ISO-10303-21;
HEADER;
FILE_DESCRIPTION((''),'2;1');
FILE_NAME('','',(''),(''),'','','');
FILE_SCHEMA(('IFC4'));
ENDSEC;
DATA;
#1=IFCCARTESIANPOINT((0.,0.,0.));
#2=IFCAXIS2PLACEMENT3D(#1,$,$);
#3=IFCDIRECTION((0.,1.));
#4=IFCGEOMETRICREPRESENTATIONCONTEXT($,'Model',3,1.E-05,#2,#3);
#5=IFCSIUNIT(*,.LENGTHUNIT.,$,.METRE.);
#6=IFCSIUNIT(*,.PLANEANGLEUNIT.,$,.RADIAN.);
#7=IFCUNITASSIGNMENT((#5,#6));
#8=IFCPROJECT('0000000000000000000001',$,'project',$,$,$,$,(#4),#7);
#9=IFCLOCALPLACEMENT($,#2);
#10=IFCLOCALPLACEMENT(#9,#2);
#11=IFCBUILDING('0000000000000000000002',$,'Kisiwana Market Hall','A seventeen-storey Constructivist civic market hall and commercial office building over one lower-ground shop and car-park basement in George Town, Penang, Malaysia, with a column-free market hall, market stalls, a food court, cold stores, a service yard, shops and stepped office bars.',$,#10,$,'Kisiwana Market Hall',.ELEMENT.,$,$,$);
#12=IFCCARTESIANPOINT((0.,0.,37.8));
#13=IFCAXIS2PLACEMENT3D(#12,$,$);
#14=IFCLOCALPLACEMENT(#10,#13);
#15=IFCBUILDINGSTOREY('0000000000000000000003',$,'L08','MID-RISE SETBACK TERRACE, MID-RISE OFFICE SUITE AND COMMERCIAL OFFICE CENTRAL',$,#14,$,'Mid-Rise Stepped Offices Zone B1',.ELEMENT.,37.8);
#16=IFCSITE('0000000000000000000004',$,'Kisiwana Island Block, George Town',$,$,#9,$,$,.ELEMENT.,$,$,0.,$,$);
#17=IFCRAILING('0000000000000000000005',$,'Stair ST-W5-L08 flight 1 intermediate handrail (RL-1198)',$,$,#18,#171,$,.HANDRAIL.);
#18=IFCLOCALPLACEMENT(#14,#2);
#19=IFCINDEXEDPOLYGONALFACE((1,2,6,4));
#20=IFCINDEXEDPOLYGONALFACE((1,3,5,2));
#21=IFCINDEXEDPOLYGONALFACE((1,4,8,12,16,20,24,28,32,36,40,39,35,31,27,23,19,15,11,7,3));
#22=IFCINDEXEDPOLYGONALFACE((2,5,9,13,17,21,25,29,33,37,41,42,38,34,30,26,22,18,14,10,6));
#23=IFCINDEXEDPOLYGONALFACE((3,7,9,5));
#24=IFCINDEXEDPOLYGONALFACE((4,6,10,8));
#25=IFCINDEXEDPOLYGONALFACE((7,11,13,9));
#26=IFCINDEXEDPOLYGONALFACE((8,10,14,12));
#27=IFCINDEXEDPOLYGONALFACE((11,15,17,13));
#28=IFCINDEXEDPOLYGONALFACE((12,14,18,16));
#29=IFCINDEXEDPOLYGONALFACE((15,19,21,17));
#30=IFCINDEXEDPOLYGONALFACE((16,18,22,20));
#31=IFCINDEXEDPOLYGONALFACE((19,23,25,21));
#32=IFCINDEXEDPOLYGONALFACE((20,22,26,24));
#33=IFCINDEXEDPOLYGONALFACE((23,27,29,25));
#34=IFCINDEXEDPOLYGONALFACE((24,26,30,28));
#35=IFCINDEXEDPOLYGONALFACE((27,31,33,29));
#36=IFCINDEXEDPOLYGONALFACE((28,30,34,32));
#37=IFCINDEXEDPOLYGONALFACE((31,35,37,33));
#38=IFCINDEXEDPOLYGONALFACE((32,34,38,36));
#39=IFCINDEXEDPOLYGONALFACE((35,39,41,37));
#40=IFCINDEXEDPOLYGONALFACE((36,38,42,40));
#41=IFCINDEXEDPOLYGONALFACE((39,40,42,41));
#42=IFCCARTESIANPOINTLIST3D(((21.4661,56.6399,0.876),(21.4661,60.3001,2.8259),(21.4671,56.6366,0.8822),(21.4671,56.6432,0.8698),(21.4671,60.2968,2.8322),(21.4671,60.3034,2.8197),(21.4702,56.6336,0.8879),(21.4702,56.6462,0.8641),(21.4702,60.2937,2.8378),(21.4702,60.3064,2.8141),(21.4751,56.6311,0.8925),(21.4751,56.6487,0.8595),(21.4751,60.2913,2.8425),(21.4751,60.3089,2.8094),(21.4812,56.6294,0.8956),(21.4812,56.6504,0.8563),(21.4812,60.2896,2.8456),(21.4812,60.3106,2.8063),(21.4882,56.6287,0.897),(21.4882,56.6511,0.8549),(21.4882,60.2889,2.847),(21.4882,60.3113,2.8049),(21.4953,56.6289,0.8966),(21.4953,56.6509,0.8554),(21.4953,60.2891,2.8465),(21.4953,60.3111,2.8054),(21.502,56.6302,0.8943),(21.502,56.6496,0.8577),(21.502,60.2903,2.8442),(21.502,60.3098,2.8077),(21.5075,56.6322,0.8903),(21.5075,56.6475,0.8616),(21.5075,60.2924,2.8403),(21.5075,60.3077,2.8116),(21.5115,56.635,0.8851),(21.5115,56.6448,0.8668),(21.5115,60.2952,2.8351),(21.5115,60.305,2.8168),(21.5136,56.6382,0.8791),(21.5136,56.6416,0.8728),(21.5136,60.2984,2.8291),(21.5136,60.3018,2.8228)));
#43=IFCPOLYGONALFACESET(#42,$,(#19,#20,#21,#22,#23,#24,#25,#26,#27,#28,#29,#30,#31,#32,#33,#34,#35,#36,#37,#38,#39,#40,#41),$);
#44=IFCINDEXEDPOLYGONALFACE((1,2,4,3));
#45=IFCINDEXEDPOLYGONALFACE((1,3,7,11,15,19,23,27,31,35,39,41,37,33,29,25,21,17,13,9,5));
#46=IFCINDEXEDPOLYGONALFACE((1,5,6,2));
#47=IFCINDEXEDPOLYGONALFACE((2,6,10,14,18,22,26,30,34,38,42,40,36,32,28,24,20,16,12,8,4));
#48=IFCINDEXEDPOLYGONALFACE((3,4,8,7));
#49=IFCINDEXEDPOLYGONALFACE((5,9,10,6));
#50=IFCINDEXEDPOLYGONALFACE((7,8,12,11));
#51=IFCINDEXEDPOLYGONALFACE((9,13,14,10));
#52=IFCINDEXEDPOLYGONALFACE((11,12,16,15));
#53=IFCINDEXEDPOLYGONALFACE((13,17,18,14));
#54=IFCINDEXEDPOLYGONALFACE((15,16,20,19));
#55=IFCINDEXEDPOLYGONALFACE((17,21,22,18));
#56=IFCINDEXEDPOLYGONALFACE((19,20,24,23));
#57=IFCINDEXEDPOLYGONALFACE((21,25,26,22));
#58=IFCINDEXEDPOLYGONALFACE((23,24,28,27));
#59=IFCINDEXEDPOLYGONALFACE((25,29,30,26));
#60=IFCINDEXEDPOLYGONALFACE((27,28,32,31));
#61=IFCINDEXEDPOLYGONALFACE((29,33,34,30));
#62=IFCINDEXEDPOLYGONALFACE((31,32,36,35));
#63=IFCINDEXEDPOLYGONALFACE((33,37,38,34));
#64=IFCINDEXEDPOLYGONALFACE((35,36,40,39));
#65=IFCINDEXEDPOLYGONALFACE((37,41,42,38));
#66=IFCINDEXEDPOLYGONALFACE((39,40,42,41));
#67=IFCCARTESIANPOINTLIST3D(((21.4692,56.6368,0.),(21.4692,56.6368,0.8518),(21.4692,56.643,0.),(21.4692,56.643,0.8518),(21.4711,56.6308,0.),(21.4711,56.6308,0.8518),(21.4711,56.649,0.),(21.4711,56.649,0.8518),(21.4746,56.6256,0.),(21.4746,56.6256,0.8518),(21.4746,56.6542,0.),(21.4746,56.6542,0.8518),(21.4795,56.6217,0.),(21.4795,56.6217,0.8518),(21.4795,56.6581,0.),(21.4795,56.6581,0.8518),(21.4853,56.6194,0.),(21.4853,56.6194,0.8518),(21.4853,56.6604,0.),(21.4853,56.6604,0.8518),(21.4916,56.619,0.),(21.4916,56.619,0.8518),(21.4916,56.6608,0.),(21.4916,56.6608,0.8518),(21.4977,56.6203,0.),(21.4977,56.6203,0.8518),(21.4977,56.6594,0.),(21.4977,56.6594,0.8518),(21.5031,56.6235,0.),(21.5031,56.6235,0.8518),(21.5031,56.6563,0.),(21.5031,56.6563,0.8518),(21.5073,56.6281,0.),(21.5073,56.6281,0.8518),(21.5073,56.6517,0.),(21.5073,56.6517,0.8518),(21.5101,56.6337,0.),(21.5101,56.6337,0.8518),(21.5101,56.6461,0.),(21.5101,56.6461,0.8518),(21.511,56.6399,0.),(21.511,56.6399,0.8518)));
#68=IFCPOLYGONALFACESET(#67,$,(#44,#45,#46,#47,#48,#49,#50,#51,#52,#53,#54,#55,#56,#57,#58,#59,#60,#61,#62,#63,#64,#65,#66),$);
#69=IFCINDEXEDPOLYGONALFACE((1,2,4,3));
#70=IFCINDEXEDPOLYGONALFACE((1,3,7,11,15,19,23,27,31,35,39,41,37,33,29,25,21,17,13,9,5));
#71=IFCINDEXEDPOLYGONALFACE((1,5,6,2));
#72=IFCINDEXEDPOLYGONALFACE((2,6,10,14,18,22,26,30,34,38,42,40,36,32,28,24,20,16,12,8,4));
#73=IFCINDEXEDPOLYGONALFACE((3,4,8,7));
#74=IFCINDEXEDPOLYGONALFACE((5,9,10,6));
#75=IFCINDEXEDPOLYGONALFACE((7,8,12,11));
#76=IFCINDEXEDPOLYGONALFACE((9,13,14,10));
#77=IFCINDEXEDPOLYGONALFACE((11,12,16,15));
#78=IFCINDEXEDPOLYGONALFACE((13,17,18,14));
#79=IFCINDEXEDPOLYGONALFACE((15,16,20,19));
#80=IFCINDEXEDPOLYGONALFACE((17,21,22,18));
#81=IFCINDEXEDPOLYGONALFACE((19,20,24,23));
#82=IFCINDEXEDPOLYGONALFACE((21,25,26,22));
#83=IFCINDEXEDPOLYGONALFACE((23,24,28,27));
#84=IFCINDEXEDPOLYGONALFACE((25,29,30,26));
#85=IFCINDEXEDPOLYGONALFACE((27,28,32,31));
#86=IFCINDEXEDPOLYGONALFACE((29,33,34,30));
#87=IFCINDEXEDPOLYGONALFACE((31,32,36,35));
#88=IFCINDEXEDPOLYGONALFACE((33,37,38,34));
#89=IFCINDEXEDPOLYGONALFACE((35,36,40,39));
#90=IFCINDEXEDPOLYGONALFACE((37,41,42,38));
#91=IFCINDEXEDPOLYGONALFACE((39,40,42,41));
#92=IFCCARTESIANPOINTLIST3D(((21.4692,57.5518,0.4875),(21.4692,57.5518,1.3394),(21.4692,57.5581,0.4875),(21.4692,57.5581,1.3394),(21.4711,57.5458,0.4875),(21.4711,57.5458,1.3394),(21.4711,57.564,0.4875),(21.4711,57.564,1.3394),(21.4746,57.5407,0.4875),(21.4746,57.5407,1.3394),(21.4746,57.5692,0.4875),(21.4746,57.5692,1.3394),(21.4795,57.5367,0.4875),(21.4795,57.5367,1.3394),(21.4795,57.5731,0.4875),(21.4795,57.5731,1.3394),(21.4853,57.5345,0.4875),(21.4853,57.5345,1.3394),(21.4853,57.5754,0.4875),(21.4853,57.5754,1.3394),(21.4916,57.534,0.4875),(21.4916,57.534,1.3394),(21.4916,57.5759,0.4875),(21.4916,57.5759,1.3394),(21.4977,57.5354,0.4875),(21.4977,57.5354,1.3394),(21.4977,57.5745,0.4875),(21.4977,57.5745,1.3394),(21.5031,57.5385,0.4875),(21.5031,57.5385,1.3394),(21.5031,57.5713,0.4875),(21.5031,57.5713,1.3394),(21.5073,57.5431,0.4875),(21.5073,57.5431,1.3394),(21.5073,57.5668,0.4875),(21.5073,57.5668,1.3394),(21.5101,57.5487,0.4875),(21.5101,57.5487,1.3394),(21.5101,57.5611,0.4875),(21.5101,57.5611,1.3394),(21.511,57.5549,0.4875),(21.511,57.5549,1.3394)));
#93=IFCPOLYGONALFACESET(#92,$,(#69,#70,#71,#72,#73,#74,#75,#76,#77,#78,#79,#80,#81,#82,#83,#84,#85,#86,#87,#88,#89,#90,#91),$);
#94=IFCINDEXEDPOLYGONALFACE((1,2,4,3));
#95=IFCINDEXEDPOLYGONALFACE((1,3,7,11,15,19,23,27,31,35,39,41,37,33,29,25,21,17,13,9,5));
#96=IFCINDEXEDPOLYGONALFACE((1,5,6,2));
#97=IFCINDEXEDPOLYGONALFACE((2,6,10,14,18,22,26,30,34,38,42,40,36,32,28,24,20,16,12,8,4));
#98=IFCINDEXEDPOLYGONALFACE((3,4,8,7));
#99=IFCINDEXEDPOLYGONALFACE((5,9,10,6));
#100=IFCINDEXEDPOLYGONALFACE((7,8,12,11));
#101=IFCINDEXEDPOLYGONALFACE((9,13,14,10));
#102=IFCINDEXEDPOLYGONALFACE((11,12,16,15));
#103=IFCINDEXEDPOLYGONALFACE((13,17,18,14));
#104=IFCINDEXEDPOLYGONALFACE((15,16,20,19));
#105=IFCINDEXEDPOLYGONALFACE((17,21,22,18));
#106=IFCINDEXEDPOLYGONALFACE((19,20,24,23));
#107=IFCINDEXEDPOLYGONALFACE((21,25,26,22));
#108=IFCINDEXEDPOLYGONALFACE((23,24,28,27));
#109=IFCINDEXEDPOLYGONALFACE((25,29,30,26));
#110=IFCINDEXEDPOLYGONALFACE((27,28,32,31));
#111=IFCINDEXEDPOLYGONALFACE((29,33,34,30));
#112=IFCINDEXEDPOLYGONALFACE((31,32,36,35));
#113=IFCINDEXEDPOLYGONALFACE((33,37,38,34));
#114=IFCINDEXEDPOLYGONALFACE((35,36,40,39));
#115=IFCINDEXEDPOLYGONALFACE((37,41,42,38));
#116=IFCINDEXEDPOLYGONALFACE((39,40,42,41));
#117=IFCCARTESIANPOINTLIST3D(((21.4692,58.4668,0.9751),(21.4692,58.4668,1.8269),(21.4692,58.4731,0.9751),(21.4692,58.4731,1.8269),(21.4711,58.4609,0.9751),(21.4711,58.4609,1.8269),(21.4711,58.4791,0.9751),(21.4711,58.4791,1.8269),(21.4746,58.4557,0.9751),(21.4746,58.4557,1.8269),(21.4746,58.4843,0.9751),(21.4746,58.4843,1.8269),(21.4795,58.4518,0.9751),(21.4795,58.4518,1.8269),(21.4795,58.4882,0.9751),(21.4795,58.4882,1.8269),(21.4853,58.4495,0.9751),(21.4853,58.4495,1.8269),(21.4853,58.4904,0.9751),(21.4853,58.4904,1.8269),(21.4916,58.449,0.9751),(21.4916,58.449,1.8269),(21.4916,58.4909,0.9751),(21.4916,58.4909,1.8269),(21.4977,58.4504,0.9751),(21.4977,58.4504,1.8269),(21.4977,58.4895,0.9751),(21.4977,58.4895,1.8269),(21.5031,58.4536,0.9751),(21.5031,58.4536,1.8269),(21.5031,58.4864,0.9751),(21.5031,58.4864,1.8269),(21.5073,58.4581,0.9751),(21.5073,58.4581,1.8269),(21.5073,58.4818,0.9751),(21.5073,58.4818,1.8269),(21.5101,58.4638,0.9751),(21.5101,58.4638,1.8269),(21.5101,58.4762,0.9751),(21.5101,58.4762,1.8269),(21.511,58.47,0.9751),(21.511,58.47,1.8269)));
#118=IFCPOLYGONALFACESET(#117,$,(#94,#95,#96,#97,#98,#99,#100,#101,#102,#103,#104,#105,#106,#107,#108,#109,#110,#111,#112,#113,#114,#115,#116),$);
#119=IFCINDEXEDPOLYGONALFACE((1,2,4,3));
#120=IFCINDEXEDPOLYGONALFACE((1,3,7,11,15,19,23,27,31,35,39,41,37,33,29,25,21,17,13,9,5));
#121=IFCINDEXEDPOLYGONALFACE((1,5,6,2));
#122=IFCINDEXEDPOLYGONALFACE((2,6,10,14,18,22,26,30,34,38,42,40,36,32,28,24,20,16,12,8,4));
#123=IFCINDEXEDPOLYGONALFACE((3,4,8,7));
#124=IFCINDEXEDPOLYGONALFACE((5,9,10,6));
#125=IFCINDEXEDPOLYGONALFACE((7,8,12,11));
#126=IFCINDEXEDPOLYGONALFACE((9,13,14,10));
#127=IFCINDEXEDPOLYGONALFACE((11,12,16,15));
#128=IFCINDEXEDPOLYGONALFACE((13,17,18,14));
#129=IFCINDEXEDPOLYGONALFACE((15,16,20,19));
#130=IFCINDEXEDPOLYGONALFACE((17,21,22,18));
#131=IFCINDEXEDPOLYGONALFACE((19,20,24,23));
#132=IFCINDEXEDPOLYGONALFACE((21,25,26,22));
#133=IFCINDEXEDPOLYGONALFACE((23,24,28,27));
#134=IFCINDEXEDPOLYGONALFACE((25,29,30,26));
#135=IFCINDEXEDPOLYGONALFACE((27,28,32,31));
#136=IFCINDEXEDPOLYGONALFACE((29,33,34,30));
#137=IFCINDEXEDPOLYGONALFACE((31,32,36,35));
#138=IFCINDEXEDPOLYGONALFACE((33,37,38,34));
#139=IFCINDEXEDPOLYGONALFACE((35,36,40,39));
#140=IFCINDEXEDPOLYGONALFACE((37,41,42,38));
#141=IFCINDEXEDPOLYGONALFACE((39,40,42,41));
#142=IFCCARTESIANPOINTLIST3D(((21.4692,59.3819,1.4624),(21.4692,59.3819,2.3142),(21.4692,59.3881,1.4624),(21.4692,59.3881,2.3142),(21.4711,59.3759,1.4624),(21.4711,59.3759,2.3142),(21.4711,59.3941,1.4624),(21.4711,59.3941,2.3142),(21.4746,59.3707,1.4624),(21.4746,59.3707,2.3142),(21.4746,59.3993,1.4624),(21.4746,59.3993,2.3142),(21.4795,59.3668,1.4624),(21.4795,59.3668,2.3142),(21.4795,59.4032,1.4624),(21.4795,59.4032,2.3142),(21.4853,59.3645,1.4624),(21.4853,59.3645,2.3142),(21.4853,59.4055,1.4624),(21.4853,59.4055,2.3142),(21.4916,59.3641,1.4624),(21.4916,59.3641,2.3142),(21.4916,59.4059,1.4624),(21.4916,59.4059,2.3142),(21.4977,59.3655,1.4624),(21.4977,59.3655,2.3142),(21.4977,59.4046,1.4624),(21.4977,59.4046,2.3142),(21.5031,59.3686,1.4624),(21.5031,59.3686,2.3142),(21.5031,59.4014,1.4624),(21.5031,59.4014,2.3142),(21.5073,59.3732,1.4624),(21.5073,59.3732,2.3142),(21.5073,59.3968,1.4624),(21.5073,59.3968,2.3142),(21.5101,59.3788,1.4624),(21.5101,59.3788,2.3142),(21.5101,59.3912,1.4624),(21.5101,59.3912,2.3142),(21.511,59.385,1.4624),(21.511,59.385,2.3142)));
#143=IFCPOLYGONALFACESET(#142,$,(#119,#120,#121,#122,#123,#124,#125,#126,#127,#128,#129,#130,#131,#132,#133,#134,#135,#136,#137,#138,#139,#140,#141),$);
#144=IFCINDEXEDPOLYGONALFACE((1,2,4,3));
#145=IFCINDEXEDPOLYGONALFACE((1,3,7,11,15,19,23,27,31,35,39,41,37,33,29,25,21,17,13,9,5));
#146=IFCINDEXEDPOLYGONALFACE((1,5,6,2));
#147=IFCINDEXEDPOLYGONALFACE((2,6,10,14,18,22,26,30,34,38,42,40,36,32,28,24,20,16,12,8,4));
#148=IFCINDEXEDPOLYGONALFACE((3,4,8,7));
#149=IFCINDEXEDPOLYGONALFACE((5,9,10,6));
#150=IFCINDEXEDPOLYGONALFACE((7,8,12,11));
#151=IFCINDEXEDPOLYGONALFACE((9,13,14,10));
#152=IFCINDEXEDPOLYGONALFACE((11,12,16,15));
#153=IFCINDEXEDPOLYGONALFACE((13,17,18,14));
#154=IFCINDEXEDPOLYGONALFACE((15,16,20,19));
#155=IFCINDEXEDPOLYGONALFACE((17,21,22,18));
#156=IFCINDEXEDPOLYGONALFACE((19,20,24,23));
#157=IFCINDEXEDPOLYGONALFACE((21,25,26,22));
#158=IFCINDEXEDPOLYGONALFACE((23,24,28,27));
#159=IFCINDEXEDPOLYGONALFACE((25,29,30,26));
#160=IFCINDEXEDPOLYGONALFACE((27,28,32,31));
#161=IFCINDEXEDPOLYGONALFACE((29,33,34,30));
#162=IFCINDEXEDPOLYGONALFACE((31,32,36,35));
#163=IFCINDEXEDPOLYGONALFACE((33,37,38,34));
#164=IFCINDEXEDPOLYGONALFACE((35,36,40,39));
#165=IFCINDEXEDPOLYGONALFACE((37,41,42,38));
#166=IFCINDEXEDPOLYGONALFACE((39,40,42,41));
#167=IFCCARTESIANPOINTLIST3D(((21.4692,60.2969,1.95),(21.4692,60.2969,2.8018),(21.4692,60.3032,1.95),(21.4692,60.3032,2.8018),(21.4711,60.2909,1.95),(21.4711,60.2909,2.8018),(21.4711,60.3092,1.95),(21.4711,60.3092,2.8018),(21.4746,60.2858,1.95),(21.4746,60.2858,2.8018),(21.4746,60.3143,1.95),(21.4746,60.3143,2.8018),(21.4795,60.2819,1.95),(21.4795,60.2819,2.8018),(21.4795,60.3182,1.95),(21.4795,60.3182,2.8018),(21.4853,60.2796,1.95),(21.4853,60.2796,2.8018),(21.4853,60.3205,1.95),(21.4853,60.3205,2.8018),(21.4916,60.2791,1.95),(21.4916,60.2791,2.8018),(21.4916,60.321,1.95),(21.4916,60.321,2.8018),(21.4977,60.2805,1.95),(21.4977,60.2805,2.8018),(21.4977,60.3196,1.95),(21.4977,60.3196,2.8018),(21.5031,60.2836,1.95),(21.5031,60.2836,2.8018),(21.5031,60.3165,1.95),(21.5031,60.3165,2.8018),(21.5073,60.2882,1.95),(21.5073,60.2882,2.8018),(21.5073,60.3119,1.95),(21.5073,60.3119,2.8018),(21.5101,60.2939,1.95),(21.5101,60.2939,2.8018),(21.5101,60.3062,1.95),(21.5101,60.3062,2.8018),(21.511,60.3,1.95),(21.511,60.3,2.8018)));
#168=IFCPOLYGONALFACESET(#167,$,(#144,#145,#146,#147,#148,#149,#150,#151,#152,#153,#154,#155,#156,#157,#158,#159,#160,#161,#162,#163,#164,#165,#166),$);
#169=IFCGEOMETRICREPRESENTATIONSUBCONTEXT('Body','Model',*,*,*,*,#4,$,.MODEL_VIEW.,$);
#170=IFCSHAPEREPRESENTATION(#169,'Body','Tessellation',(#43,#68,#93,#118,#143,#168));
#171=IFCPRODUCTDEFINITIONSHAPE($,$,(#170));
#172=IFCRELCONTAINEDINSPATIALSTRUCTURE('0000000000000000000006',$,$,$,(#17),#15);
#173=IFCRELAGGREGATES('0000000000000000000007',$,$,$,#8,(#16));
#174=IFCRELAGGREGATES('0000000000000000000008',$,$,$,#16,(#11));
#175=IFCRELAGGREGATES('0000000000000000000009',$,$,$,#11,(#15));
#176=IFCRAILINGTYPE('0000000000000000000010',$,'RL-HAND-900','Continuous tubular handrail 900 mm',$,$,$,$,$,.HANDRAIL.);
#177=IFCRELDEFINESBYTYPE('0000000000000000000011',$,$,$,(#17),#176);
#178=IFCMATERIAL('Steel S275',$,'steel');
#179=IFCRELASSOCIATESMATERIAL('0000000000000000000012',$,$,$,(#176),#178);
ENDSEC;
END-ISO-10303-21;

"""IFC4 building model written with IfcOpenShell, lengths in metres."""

from ifc_helpers import new_model, si_unit, direction, frame, origin, origin_2d, place, context, subcontext, project, spatial, circle, extrude, material, type_object, element, save


model = new_model("IFC4")

# Units and contexts
model_context = context("Model", 3, precision=1e-05, world=origin(), true_north=direction((0.0, 1.0)))
body_context = subcontext(model_context, "Body", "Model", "MODEL_VIEW")
ifc_project = project(units=[si_unit("LENGTHUNIT", "METRE"), si_unit("PLANEANGLEUNIT", "RADIAN")], contexts=[model_context])

# Site, building, storey
site_placement = place(None, origin())
site = spatial("IfcSite", under=ifc_project, at=site_placement, Name="Kisiwana Island Block, George Town", CompositionType="ELEMENT", RefElevation=0.0)
building_placement = place(site_placement, origin())
building = spatial("IfcBuilding", under=site, at=building_placement, Name="Kisiwana Market Hall", Description="A seventeen-storey Constructivist civic market hall and commercial office building over one lower-ground shop and car-park basement in George Town, Penang, Malaysia, with a column-free market hall, market stalls, a food court, cold stores, a service yard, shops and stepped office bars.", LongName="Kisiwana Market Hall", CompositionType="ELEMENT")
storey_placement = place(building_placement, frame((0.0, 0.0, 37.8)))
storey = spatial("IfcBuildingStorey", under=building, at=storey_placement, Name="L08", Description="MID-RISE SETBACK TERRACE, MID-RISE OFFICE SUITE AND COMMERCIAL OFFICE CENTRAL", LongName="Mid-Rise Stepped Offices Zone B1", CompositionType="ELEMENT", Elevation=37.8)

# Railing
ifc_material_1 = material(Name="Steel S275", Category="steel")
railing_type_1 = type_object("IfcRailingType", Name="RL-HAND-900", Description="Continuous tubular handrail 900 mm", PredefinedType="HANDRAIL", material=ifc_material_1)
railing_1_placement = place(storey_placement, frame((21.49, 56.6399, 0.0)))
element("IfcRailing", 1, at=railing_1_placement, inside=storey, type_object=railing_type_1, Name="Stair ST-W5-L08 flight 1 intermediate handrail (RL-1198)", PredefinedType="HANDRAIL", context=body_context, shape_type="SweptSolid", body=[
    extrude(circle(Radius=0.0239, at=origin_2d()), frame((0.0, 0.0, 0.876), z_axis=(0.0, 0.882566, 0.470188), x_axis=(-1.0, 0.0, 0.0)), (0.0, 0.0, 1.0), 4.1472),
    extrude(circle(Radius=0.021, at=origin_2d()), origin(), (0.0, 0.0, 1.0), 0.8518),
    extrude(circle(Radius=0.021, at=origin_2d()), frame((0.0, 0.915, 0.4875)), (0.0, 0.0, 1.0), 0.8518),
    extrude(circle(Radius=0.021, at=origin_2d()), frame((0.0, 1.8301, 0.9751)), (0.0, 0.0, 1.0), 0.8518),
    extrude(circle(Radius=0.021, at=origin_2d()), frame((0.0, 2.7451, 1.4624)), (0.0, 0.0, 1.0), 0.8518),
    extrude(circle(Radius=0.021, at=origin_2d()), frame((0.0, 3.6602, 1.95)), (0.0, 0.0, 1.0), 0.8518),
])

save(model, "model.ifc")
